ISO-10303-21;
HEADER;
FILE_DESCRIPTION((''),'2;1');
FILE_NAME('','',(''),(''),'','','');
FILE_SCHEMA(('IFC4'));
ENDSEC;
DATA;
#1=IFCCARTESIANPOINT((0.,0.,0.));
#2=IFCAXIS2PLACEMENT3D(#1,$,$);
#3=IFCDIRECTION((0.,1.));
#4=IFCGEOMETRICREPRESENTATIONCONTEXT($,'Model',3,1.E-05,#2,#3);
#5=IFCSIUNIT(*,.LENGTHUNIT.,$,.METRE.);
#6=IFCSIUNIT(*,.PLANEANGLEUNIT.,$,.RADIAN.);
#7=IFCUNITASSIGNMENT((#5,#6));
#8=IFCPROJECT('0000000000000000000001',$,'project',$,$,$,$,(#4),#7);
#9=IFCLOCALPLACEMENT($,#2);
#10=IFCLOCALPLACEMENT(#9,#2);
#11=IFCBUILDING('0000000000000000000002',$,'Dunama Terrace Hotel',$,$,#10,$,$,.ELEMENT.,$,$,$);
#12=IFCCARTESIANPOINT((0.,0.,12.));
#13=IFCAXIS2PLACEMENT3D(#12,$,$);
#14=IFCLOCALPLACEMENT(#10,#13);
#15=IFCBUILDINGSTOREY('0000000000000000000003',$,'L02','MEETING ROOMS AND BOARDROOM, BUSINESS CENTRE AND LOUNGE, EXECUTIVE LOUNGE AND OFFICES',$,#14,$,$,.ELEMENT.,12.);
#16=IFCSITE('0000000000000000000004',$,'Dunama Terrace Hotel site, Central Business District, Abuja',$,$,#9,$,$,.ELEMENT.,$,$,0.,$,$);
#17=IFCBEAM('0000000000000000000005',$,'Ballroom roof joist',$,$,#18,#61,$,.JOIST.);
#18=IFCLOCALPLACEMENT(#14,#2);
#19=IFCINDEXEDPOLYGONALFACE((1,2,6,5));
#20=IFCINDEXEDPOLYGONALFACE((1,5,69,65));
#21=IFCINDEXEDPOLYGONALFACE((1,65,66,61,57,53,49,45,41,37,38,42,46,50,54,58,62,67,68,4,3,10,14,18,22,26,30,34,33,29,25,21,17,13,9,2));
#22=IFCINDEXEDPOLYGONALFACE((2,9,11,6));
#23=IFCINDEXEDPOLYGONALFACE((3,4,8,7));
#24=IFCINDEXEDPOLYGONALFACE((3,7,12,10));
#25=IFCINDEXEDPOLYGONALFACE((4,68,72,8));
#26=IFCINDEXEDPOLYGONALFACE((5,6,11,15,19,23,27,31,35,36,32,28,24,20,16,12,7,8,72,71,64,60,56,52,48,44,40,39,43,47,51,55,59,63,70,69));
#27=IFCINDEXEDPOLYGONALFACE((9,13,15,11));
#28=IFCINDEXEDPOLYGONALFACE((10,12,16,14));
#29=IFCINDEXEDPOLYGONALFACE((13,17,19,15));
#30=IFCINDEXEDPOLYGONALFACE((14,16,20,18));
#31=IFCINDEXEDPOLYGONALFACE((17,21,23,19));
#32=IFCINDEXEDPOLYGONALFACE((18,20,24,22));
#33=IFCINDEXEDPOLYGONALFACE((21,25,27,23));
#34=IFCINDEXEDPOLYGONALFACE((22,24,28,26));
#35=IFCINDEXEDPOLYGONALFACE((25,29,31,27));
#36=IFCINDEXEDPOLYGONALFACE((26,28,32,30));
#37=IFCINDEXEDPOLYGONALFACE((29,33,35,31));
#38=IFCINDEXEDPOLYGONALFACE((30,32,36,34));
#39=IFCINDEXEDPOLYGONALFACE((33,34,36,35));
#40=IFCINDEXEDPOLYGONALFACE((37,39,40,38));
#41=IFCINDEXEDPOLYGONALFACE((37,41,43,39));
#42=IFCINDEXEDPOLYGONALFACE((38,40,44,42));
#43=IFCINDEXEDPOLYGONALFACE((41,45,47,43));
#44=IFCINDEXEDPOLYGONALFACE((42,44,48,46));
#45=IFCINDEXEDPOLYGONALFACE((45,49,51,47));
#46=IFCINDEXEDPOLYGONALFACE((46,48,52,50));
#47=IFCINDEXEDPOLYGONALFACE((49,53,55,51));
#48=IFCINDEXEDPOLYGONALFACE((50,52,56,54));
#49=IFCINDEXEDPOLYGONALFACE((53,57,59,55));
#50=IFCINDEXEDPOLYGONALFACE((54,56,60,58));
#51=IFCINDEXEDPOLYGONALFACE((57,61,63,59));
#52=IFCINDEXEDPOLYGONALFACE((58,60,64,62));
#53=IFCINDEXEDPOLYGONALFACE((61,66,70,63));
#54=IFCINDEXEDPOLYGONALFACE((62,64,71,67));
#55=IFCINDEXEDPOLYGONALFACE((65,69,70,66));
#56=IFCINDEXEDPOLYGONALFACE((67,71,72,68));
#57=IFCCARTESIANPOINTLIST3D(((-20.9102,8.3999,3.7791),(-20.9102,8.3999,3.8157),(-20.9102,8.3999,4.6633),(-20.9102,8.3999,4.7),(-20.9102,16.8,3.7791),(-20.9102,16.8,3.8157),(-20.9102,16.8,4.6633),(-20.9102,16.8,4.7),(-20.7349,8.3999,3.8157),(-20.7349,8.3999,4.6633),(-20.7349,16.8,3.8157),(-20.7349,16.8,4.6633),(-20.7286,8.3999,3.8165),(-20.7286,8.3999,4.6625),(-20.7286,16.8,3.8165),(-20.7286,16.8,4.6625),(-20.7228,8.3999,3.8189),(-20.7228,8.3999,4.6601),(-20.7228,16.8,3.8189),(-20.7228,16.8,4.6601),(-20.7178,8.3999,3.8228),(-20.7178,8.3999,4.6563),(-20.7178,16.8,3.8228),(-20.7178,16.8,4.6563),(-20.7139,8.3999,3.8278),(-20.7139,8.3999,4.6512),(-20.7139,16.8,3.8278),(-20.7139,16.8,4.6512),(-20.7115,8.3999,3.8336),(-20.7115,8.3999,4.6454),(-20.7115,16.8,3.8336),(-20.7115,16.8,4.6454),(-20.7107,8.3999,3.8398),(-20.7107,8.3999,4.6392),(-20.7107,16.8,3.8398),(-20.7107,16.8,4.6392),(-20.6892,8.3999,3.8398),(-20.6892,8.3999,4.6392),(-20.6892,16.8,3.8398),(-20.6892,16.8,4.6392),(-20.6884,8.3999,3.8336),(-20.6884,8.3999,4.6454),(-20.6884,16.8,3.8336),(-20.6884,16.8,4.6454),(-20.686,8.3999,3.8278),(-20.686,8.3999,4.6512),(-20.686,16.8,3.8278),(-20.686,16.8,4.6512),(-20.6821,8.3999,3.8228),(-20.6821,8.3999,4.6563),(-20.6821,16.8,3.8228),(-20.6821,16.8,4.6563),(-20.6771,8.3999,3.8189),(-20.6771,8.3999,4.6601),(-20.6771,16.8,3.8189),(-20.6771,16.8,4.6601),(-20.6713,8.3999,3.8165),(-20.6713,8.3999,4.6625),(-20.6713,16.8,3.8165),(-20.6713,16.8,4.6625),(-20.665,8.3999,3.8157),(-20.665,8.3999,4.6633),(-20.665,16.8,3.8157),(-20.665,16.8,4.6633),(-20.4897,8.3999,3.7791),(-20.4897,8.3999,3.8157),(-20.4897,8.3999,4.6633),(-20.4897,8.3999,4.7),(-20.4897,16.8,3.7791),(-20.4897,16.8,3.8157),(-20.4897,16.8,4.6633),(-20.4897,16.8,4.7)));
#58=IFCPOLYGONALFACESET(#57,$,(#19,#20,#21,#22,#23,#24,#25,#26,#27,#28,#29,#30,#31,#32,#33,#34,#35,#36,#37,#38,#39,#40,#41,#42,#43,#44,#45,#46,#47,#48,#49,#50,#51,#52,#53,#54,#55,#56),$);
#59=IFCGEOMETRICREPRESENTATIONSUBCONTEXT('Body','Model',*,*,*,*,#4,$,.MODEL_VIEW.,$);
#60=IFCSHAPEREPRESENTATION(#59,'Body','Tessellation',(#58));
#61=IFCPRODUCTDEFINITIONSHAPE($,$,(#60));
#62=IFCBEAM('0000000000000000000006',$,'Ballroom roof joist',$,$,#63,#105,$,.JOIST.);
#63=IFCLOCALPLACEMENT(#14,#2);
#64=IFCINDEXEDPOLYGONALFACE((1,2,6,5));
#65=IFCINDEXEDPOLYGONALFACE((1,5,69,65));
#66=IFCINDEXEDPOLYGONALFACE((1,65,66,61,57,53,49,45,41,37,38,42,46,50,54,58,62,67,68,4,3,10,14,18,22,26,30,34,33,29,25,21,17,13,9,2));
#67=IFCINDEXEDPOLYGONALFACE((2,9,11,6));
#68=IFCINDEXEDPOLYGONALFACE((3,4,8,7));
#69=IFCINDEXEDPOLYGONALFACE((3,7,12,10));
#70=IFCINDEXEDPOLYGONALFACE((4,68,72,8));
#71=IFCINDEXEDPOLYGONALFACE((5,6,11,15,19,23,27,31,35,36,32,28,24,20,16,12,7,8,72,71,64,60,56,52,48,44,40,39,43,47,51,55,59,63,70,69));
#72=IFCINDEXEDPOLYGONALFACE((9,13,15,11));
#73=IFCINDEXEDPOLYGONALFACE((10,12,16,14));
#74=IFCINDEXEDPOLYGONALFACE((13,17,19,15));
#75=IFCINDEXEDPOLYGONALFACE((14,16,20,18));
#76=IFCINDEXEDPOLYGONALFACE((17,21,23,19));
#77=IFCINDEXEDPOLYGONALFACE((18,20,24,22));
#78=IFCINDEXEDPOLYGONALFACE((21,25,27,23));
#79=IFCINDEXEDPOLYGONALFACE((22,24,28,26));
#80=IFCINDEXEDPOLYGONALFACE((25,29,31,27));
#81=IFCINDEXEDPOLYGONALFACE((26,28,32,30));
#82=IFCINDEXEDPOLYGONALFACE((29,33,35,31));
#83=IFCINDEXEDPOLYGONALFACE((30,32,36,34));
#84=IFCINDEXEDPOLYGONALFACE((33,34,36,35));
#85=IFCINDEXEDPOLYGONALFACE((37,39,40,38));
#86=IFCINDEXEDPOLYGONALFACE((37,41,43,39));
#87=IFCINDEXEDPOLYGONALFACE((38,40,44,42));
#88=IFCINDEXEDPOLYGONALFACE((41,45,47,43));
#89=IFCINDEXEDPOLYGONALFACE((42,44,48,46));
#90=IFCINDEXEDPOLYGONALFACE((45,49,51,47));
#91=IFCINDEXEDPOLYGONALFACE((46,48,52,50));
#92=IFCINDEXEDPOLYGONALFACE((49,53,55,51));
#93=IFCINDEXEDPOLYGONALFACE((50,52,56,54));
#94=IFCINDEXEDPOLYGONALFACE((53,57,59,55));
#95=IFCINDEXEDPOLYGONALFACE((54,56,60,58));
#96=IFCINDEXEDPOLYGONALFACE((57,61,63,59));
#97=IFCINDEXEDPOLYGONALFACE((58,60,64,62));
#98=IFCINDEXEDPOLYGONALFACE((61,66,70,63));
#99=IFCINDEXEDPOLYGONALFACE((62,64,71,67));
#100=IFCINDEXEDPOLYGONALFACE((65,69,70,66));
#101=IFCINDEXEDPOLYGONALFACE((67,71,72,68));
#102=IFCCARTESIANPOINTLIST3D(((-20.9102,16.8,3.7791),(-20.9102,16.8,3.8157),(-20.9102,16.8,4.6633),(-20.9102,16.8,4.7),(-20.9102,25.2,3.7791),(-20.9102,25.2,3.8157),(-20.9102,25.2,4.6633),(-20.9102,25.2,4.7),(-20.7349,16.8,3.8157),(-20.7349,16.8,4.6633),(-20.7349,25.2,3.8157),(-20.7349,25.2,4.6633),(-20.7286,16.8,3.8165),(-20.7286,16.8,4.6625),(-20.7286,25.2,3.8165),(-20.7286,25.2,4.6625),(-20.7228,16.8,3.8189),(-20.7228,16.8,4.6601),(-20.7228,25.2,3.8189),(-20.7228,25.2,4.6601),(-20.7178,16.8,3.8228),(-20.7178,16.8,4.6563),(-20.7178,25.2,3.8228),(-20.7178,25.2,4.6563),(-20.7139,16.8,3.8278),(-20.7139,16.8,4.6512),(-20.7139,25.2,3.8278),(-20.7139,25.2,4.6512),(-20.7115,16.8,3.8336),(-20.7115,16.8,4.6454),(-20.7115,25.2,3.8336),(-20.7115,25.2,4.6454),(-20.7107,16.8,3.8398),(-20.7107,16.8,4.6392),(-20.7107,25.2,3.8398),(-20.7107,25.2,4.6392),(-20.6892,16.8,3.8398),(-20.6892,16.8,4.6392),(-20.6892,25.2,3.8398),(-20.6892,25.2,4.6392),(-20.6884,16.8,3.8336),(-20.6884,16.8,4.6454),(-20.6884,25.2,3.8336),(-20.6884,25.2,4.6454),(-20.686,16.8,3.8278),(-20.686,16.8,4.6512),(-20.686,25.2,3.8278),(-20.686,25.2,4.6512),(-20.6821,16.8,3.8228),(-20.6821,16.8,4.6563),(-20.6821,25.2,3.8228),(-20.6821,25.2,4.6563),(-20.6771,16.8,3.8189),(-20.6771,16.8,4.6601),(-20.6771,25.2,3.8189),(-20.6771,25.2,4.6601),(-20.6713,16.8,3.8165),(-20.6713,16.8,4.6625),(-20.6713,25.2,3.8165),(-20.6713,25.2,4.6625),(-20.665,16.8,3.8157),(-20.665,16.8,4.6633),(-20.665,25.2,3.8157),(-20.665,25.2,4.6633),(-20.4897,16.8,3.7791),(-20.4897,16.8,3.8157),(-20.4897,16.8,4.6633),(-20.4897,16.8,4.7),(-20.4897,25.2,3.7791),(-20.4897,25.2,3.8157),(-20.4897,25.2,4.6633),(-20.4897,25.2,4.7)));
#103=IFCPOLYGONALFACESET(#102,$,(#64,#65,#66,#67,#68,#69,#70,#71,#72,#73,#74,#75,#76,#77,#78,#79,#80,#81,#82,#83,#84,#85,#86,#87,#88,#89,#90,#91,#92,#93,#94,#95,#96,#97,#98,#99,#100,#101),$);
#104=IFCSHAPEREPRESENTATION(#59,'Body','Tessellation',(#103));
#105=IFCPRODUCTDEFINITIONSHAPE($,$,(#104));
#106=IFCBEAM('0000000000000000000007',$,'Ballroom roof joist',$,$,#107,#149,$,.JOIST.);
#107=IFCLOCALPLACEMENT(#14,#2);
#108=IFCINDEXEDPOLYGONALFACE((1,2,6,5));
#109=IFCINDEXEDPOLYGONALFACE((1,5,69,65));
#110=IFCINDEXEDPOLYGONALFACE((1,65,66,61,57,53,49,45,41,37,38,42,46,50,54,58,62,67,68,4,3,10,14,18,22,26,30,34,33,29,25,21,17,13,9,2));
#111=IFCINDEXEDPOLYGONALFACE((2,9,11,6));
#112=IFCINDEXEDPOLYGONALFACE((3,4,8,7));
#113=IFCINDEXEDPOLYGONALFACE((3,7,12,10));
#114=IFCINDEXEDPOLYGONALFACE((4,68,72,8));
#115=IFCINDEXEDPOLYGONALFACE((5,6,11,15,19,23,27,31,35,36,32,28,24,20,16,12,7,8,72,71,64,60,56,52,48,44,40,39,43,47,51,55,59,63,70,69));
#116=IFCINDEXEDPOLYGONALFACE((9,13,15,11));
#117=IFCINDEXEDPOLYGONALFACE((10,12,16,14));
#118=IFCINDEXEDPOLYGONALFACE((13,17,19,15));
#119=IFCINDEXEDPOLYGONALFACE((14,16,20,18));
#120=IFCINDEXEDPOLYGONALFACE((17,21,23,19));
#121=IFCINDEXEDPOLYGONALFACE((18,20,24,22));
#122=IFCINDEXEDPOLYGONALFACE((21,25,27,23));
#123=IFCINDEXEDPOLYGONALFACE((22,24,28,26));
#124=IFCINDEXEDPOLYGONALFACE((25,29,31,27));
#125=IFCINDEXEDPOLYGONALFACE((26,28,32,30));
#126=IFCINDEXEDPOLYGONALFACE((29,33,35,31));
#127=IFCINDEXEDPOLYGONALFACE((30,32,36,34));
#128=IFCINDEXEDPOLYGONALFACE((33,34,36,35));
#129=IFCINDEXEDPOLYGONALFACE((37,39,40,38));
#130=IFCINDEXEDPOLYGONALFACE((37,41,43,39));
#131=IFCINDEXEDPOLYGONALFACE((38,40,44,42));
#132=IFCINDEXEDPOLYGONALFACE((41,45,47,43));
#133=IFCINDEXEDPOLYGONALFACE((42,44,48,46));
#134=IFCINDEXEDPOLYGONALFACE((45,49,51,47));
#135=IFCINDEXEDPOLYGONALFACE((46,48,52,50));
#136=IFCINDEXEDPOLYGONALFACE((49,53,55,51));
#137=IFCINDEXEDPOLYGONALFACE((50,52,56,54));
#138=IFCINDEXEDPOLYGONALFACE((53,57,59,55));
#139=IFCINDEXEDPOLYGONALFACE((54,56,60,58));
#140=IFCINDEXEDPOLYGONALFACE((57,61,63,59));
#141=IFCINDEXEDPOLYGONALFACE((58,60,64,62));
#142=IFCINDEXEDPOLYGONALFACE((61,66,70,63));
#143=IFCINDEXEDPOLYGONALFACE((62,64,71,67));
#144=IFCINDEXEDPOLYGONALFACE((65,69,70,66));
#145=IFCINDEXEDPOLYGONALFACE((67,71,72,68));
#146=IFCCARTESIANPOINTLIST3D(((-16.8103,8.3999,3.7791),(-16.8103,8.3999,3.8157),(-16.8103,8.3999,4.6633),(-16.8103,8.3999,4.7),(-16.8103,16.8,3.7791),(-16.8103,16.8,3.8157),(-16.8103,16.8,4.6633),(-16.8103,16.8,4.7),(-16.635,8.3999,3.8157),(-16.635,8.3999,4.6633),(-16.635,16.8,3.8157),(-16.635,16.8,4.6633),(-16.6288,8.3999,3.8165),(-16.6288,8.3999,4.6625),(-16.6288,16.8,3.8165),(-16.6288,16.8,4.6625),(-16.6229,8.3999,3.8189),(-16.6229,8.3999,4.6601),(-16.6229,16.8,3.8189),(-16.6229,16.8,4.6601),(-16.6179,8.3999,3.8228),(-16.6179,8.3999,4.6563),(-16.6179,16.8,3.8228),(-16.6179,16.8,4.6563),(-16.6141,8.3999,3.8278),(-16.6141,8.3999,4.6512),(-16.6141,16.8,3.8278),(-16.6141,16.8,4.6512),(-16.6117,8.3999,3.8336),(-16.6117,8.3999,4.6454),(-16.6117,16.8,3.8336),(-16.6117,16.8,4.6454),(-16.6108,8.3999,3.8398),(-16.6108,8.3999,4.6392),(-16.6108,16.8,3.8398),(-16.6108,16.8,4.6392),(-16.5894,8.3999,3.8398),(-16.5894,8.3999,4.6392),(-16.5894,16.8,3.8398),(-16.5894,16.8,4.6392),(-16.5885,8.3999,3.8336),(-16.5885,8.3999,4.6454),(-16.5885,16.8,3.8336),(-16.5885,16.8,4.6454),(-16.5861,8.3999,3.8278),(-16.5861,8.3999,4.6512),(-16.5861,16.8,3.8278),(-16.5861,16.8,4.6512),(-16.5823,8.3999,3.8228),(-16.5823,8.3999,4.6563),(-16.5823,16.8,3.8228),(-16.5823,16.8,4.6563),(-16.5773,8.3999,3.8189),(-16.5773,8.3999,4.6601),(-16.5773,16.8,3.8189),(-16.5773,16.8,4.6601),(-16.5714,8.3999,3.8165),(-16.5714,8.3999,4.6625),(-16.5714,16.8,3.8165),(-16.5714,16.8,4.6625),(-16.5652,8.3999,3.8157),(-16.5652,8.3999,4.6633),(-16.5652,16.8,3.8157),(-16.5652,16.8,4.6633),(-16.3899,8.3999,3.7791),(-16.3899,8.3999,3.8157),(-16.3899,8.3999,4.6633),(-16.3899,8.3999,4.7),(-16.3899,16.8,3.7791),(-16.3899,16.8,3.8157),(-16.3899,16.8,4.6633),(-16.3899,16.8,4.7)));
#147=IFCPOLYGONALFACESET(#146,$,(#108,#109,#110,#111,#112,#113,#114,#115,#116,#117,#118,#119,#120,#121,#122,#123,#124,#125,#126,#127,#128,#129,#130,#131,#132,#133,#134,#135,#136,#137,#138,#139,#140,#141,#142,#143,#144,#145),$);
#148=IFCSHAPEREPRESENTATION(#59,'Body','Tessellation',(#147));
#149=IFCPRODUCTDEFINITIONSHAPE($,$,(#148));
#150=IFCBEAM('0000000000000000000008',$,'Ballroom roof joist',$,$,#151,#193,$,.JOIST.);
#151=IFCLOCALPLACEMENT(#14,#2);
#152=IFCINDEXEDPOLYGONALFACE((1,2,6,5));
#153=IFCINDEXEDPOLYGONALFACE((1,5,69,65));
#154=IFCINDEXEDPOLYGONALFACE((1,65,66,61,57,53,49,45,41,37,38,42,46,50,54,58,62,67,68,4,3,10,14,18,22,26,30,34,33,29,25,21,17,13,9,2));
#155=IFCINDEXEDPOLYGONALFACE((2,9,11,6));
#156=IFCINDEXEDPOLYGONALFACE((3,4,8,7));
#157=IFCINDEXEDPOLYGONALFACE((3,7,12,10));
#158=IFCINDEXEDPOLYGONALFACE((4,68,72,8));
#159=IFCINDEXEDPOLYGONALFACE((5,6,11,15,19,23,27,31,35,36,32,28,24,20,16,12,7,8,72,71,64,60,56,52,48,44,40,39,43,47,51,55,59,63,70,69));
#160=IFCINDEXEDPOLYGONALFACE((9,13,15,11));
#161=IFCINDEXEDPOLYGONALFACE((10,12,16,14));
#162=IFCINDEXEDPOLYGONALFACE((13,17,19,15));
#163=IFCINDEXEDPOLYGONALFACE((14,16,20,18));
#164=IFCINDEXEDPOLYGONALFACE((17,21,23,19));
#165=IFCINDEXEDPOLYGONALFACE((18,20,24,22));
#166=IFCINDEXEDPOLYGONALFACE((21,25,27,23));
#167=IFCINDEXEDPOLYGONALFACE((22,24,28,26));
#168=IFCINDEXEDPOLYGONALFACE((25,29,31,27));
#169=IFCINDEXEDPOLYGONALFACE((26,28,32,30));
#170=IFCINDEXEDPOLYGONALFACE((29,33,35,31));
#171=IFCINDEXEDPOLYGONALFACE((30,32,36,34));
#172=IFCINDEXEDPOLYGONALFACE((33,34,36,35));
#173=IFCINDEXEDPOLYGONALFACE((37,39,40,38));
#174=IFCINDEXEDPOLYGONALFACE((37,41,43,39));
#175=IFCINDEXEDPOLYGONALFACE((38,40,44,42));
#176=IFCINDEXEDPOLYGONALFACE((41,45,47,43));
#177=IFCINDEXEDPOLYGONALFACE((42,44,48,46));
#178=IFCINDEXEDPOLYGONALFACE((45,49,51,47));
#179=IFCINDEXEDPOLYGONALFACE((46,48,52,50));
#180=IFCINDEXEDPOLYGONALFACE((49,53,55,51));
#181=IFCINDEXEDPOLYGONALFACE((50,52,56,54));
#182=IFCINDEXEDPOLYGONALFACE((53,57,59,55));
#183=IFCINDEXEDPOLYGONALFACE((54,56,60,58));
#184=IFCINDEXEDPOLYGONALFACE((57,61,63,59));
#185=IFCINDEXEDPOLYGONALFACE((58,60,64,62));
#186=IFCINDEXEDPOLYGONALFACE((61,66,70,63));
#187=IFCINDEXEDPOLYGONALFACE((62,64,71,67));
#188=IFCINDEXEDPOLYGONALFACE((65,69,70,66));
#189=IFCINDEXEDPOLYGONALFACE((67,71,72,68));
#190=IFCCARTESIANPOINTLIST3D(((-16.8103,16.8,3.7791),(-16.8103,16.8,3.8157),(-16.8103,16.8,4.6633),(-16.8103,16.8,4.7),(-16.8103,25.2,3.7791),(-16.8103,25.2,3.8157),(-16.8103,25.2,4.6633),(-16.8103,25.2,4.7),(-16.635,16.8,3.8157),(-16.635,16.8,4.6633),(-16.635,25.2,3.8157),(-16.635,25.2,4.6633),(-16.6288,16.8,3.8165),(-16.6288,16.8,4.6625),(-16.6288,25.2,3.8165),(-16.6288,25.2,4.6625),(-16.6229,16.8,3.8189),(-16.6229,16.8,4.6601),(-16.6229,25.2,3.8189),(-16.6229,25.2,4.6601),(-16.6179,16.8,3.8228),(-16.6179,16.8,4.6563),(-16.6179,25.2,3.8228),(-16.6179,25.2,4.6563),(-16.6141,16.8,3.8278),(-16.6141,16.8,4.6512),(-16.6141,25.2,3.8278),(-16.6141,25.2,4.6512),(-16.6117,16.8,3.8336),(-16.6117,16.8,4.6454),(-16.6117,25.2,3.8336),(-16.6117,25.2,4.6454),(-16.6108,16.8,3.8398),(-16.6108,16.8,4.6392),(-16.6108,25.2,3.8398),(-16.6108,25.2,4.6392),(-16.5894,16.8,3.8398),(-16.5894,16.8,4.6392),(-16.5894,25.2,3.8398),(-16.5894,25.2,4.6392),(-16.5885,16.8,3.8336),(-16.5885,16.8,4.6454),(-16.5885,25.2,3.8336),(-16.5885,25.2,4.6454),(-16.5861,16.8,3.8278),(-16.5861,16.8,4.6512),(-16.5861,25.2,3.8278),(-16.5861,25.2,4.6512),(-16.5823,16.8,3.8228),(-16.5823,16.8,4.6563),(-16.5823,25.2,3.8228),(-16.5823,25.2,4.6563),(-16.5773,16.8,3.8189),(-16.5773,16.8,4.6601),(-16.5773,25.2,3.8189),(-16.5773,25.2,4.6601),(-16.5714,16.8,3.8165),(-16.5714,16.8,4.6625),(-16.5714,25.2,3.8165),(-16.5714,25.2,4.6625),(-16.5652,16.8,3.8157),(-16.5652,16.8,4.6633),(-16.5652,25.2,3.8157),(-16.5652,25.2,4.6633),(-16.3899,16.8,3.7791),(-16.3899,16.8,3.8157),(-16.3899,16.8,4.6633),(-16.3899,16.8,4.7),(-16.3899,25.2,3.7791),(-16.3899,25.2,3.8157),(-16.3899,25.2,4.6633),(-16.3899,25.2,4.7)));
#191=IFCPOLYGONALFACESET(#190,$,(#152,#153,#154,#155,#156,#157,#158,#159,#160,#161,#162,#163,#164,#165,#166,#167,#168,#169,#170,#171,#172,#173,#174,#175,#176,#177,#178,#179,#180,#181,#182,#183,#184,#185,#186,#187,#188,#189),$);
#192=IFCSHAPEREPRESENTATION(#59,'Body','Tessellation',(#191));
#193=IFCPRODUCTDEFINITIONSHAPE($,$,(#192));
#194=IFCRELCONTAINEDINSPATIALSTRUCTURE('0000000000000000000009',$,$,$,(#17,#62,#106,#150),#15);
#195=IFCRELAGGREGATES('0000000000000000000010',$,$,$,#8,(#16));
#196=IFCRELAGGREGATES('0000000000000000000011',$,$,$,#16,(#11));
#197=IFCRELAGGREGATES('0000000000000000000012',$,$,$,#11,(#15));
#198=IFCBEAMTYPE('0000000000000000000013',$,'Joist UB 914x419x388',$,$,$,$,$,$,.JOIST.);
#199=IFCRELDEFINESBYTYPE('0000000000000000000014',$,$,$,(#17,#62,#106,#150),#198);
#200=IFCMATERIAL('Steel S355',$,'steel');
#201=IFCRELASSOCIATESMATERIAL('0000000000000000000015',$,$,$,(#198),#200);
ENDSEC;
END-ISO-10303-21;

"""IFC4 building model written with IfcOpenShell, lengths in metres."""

from ifc_helpers import new_model, si_unit, direction, frame, origin, origin_2d, place, context, subcontext, project, spatial, i_section, extrude, material, material_profile, profile_set, type_object, element, save


model = new_model("IFC4")

# Units and contexts
model_context = context("Model", 3, precision=1e-05, world=origin(), true_north=direction((0.0, 1.0)))
body_context = subcontext(model_context, "Body", "Model", "MODEL_VIEW")
ifc_project = project(units=[si_unit("LENGTHUNIT", "METRE"), si_unit("PLANEANGLEUNIT", "RADIAN")], contexts=[model_context])

# Site, building, storey
site_placement = place(None, origin())
site = spatial("IfcSite", under=ifc_project, at=site_placement, Name="Dunama Terrace Hotel site, Central Business District, Abuja", CompositionType="ELEMENT", RefElevation=0.0)
building_placement = place(site_placement, origin())
building = spatial("IfcBuilding", under=site, at=building_placement, Name="Dunama Terrace Hotel", CompositionType="ELEMENT")
storey_placement = place(building_placement, frame((0.0, 0.0, 12.0)))
storey = spatial("IfcBuildingStorey", under=building, at=storey_placement, Name="L02", Description="MEETING ROOMS AND BOARDROOM, BUSINESS CENTRE AND LOUNGE, EXECUTIVE LOUNGE AND OFFICES", CompositionType="ELEMENT", Elevation=12.0)

# Beams
ifc_material_1 = material(Name="Steel S355", Category="steel")
ifc_material_profile_1 = material_profile(ifc_material_1, i_section(OverallWidth=0.4204, OverallDepth=0.9209, WebThickness=0.0215, FlangeThickness=0.0366, FilletRadius=0.0242, at=origin_2d()), Name="UB 914x419x388")
ifc_profile_set_1 = profile_set([ifc_material_profile_1], Name="Steel S355")
beam_type_1 = type_object("IfcBeamType", Name="Joist UB 914x419x388", PredefinedType="JOIST", material=ifc_profile_set_1)
beam_1_placement = place(storey_placement, frame((-20.7, 8.3999, 4.2395), z_axis=(0.0, 1.0, 0.0), x_axis=(-1.0, 0.0, 0.0)))
element("IfcBeam", 1, at=beam_1_placement, inside=storey, type_object=beam_type_1, Name="Ballroom roof joist", PredefinedType="JOIST", context=body_context, shape_type="SweptSolid", body=[
    extrude(i_section(OverallWidth=0.4204, OverallDepth=0.9209, WebThickness=0.0215, FlangeThickness=0.0366, FilletRadius=0.0242, at=origin_2d()), origin(), (0.0, 0.0, 1.0), 8.4001),
])
beam_2_placement = place(storey_placement, frame((-20.7, 16.8, 4.2395), z_axis=(0.0, 1.0, 0.0), x_axis=(-1.0, 0.0, 0.0)))
element("IfcBeam", 2, at=beam_2_placement, inside=storey, type_object=beam_type_1, Name="Ballroom roof joist", PredefinedType="JOIST", context=body_context, shape_type="SweptSolid", body=[
    extrude(i_section(OverallWidth=0.4204, OverallDepth=0.9209, WebThickness=0.0215, FlangeThickness=0.0366, FilletRadius=0.0242, at=origin_2d()), origin(), (0.0, 0.0, 1.0), 8.3999),
])
beam_3_placement = place(storey_placement, frame((-16.6001, 8.3999, 4.2395), z_axis=(0.0, 1.0, 0.0), x_axis=(-1.0, 0.0, 0.0)))
element("IfcBeam", 3, at=beam_3_placement, inside=storey, type_object=beam_type_1, Name="Ballroom roof joist", PredefinedType="JOIST", context=body_context, shape_type="SweptSolid", body=[
    extrude(i_section(OverallWidth=0.4204, OverallDepth=0.9209, WebThickness=0.0215, FlangeThickness=0.0366, FilletRadius=0.0242, at=origin_2d()), origin(), (0.0, 0.0, 1.0), 8.4001),
])
beam_4_placement = place(storey_placement, frame((-16.6001, 16.8, 4.2395), z_axis=(0.0, 1.0, 0.0), x_axis=(-1.0, 0.0, 0.0)))
element("IfcBeam", 4, at=beam_4_placement, inside=storey, type_object=beam_type_1, Name="Ballroom roof joist", PredefinedType="JOIST", context=body_context, shape_type="SweptSolid", body=[
    extrude(i_section(OverallWidth=0.4204, OverallDepth=0.9209, WebThickness=0.0215, FlangeThickness=0.0366, FilletRadius=0.0242, at=origin_2d()), origin(), (0.0, 0.0, 1.0), 8.3999),
])

save(model, "model.ifc")
